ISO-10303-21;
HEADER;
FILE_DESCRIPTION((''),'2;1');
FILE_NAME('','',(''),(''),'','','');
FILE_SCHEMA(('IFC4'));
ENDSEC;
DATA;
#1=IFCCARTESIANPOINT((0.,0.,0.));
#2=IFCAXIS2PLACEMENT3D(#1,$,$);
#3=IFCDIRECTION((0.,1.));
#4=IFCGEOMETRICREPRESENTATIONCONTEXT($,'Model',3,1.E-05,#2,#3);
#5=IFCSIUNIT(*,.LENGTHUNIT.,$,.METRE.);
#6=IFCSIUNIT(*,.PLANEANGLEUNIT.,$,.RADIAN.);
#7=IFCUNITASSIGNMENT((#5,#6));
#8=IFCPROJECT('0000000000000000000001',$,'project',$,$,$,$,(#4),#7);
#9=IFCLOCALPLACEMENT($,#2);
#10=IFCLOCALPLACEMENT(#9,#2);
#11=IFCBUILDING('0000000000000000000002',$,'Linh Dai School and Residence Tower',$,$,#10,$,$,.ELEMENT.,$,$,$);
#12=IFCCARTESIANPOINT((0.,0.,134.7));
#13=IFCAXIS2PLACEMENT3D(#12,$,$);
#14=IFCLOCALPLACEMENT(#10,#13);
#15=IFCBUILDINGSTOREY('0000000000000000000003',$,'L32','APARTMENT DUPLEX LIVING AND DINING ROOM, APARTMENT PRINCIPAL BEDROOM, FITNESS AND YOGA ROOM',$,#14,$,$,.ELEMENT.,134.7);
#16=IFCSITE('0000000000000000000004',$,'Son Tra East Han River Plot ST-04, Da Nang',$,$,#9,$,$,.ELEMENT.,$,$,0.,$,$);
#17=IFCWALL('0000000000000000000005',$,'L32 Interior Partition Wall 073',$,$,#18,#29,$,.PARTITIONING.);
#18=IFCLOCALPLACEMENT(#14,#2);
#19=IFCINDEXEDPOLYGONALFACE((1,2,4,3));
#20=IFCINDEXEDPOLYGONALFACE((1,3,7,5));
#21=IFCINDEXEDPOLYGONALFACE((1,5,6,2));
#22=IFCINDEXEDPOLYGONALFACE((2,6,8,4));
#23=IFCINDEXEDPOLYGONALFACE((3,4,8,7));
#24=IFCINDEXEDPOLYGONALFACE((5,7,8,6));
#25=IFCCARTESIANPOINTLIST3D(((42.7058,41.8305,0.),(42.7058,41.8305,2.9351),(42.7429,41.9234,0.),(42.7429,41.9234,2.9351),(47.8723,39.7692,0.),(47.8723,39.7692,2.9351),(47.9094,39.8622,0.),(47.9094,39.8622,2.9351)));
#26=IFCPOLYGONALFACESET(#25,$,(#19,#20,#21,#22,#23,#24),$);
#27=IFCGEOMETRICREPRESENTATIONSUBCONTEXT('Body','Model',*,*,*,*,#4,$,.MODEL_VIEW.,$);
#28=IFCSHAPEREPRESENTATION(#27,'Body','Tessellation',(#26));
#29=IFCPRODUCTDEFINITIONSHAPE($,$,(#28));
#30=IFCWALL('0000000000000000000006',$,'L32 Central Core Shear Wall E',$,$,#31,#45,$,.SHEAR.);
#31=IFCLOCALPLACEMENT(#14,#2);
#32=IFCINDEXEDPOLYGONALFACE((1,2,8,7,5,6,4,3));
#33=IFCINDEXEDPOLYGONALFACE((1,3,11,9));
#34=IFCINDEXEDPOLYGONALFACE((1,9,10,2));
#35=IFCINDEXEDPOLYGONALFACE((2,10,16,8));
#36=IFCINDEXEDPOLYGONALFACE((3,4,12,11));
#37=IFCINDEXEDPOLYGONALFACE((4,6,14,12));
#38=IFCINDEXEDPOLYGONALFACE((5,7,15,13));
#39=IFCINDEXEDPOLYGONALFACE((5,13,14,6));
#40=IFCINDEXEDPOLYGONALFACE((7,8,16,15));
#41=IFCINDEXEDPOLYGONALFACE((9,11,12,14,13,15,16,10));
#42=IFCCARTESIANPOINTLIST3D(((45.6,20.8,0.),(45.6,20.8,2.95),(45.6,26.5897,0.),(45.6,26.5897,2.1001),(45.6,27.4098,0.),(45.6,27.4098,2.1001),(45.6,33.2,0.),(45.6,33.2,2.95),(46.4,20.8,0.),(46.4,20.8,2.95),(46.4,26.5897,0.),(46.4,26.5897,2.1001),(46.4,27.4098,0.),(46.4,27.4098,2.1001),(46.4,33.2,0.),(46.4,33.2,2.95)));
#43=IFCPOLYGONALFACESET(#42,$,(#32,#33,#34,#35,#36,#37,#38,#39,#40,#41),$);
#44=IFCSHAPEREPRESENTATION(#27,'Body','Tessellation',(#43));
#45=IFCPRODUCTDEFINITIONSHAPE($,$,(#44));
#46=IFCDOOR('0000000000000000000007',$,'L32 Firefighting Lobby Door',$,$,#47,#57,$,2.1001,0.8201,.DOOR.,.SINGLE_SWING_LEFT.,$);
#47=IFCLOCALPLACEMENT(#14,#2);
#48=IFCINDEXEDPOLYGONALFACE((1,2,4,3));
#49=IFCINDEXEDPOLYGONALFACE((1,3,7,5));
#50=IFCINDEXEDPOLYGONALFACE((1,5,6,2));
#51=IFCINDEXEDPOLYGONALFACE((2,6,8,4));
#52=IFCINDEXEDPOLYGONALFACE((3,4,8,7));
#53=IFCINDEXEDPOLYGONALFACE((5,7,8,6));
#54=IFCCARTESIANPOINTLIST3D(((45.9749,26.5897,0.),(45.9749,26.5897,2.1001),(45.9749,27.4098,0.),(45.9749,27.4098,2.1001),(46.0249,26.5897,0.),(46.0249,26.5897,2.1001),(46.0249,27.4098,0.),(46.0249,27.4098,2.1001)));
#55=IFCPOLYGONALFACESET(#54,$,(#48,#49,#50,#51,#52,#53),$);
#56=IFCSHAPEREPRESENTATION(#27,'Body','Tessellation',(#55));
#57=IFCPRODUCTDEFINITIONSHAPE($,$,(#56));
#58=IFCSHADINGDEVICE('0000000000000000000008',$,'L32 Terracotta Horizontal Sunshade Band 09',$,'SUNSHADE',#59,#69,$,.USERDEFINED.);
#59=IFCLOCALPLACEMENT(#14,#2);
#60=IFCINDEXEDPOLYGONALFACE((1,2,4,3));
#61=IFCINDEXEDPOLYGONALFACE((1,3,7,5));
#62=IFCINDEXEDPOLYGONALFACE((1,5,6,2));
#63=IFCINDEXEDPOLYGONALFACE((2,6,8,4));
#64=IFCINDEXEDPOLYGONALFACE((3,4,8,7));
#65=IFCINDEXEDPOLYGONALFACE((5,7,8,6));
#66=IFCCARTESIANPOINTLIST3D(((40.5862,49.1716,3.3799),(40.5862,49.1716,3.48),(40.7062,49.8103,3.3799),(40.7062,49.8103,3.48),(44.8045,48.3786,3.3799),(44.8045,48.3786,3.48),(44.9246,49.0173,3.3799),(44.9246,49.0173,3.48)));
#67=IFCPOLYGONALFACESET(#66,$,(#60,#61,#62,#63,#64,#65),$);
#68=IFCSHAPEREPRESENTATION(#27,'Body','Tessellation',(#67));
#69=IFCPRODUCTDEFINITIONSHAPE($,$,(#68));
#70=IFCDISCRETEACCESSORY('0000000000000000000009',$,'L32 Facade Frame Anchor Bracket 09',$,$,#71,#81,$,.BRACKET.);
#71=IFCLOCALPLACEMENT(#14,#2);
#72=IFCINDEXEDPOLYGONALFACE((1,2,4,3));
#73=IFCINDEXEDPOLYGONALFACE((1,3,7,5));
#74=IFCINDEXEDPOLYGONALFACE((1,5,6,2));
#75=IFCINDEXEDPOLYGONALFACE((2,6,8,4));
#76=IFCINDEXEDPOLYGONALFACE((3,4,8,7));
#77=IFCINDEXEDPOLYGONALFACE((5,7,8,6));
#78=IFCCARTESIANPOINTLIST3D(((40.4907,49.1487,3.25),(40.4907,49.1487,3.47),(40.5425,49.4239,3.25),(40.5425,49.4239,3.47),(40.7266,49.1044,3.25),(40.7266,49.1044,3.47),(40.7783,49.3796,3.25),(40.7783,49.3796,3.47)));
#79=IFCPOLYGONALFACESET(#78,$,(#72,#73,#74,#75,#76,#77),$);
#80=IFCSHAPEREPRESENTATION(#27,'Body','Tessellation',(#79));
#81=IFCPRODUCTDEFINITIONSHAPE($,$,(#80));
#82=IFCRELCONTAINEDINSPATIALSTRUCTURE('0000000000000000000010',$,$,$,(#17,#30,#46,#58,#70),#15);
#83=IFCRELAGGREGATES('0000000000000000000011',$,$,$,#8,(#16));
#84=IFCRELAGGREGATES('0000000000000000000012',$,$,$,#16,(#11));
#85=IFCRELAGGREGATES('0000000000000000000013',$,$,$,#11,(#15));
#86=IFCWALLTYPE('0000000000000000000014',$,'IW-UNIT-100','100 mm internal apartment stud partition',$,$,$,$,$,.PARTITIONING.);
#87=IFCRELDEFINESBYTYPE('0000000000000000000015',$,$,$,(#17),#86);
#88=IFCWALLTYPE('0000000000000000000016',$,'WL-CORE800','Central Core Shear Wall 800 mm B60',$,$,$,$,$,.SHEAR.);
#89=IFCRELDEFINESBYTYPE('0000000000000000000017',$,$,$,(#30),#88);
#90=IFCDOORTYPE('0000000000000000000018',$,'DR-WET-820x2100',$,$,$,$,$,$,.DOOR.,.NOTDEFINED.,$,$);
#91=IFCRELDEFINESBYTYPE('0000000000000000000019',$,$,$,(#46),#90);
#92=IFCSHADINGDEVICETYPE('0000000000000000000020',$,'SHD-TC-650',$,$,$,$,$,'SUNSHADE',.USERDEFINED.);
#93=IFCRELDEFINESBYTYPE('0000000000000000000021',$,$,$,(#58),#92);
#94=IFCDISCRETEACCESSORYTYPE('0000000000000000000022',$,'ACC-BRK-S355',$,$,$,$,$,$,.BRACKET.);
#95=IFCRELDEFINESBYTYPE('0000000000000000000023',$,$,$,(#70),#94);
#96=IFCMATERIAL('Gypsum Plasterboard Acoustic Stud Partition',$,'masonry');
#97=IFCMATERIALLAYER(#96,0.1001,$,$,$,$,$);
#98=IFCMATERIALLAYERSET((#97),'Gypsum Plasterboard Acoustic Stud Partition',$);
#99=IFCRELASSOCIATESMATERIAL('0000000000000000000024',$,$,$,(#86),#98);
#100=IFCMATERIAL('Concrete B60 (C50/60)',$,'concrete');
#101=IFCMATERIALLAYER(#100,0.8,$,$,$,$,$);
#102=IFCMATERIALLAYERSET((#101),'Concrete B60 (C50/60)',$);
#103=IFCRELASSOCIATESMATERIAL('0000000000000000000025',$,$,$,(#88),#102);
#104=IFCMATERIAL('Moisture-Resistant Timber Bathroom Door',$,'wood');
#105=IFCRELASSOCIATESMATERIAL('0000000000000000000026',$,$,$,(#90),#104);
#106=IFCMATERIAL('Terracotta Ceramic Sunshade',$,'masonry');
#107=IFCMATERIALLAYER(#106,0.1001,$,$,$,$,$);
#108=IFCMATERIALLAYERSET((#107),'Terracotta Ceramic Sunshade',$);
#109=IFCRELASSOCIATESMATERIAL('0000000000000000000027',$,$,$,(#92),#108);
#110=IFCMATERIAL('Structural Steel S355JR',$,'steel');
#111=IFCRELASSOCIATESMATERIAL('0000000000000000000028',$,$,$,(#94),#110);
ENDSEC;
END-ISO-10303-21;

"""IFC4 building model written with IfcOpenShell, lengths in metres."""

from ifc_helpers import new_model, si_unit, direction, frame, frame_2d, origin, origin_2d, place, context, subcontext, project, spatial, rectangle, extrude, source, transform, mapped, material, layer, layer_set, type_object, element, fill, save


model = new_model("IFC4")

# Units and contexts
model_context = context("Model", 3, precision=1e-05, world=origin(), true_north=direction((0.0, 1.0)))
body_context = subcontext(model_context, "Body", "Model", "MODEL_VIEW")
ifc_project = project(units=[si_unit("LENGTHUNIT", "METRE"), si_unit("PLANEANGLEUNIT", "RADIAN")], contexts=[model_context])

# Site, building, storey
site_placement = place(None, origin())
site = spatial("IfcSite", under=ifc_project, at=site_placement, Name="Son Tra East Han River Plot ST-04, Da Nang", CompositionType="ELEMENT", RefElevation=0.0)
building_placement = place(site_placement, origin())
building = spatial("IfcBuilding", under=site, at=building_placement, Name="Linh Dai School and Residence Tower", CompositionType="ELEMENT")
storey_placement = place(building_placement, frame((0.0, 0.0, 134.7)))
storey = spatial("IfcBuildingStorey", under=building, at=storey_placement, Name="L32", Description="APARTMENT DUPLEX LIVING AND DINING ROOM, APARTMENT PRINCIPAL BEDROOM, FITNESS AND YOGA ROOM", CompositionType="ELEMENT", Elevation=134.7)

# Shared definitions
ifc_material_1 = material(Name="Concrete B60 (C50/60)", Category="concrete")

# Shared definitions
ifc_material_2 = material(Name="Structural Steel S355JR", Category="steel")

# Shared definitions
ifc_material_3 = material(Name="Gypsum Plasterboard Acoustic Stud Partition", Category="masonry")
ifc_layer_1 = layer(ifc_material_3, 0.1001)
ifc_layer_set_1 = layer_set([ifc_layer_1], Name="Gypsum Plasterboard Acoustic Stud Partition")
wall_type_1 = type_object("IfcWallType", Name="IW-UNIT-100", Description="100 mm internal apartment stud partition", PredefinedType="PARTITIONING", material=ifc_layer_set_1)

# Wall
wall_1_placement = place(storey_placement, frame((42.7244, 41.877, 0.0), z_axis=(0.0, 0.0, 1.0), x_axis=(0.928806, -0.370566, 0.0)))
element("IfcWall", 1, at=wall_1_placement, inside=storey, type_object=wall_type_1, Name="L32 Interior Partition Wall 073", PredefinedType="PARTITIONING", context=body_context, shape_type="SweptSolid", body=[
    extrude(rectangle(XDim=5.5625, YDim=0.1001, at=frame_2d((2.7812, 0.0))), origin(), (0.0, 0.0, 1.0), 2.9351),
])

# Wall, opening, door
ifc_layer_2 = layer(ifc_material_1, 0.8)
ifc_layer_set_2 = layer_set([ifc_layer_2], Name="Concrete B60 (C50/60)")
wall_type_2 = type_object("IfcWallType", Name="WL-CORE800", Description="Central Core Shear Wall 800 mm B60", PredefinedType="SHEAR", material=ifc_layer_set_2)
wall_2_placement = place(storey_placement, frame((46.0, 33.2, 0.0), z_axis=(0.0, 0.0, 1.0), x_axis=(0.0, -1.0, 0.0)))
wall_2 = element("IfcWall", 2, at=wall_2_placement, inside=storey, type_object=wall_type_2, Name="L32 Central Core Shear Wall E", PredefinedType="SHEAR", context=body_context, shape_type="SweptSolid", body=[
    extrude(rectangle(XDim=12.3999, YDim=0.8, at=frame_2d((6.2, 0.0))), origin(), (0.0, 0.0, 1.0), 2.95),
])
opening_1_placement = place(wall_2_placement, frame((5.79, 0.0, 0.0)))
opening_1 = element("IfcOpeningElement", 3, at=opening_1_placement, cuts=wall_2, PredefinedType="OPENING", context=body_context, shape_type="SweptSolid", body=[
    extrude(rectangle(XDim=0.8201, YDim=2.1001, at=origin_2d()), frame((0.4102, 0.4102, 1.05), z_axis=(0.0, -1.0, 0.0), x_axis=(1.0, 0.0, 0.0)), (0.0, 0.0, 1.0), 0.8201),
])
ifc_material_4 = material(Name="Moisture-Resistant Timber Bathroom Door", Category="wood")
door_type_1 = type_object("IfcDoorType", Name="DR-WET-820x2100", OperationType="NOTDEFINED", PredefinedType="DOOR", material=ifc_material_4)
shared_shape_1 = source(origin(), body_context, "Body", "SweptSolid", [
    extrude(rectangle(XDim=0.8201, YDim=2.1001, at=origin_2d()), frame((0.4102, 0.0249, 1.05), z_axis=(0.0, -1.0, 0.0), x_axis=(1.0, 0.0, 0.0)), (0.0, 0.0, 1.0), 0.05),
])
door_1_placement = place(opening_1_placement, origin())
door_1 = element("IfcDoor", 4, at=door_1_placement, inside=storey, type_object=door_type_1, Name="L32 Firefighting Lobby Door", OperationType="SINGLE_SWING_LEFT", OverallHeight=2.1001, OverallWidth=0.8201, PredefinedType="DOOR", context=body_context, shape_type="MappedRepresentation", body=[
    mapped(shared_shape_1, transform((0.0, 0.0, 0.0), x_axis=(1.0, 0.0, 0.0), y_axis=(0.0, 1.0, 0.0), z_axis=(0.0, 0.0, 1.0), scale=1.0)),
])
fill(opening_1, door_1)

# Shading device
ifc_material_5 = material(Name="Terracotta Ceramic Sunshade", Category="masonry")
ifc_layer_3 = layer(ifc_material_5, 0.1001)
ifc_layer_set_3 = layer_set([ifc_layer_3], Name="Terracotta Ceramic Sunshade")
shading_device_type = type_object("IfcShadingDeviceType", Name="SHD-TC-650", ElementType="SUNSHADE", PredefinedType="USERDEFINED", material=ifc_layer_set_3)
shared_shape_2 = source(origin(), body_context, "Body", "SweptSolid", [
    extrude(rectangle(XDim=4.2922, YDim=0.6499, at=origin_2d()), origin(), (0.0, 0.0, 1.0), 0.1001),
])
shading_device_placement = place(storey_placement, frame((42.7554, 49.0945, 3.3799), z_axis=(0.0, 0.0, 1.0), x_axis=(0.982785, -0.184755, 0.0)))
element("IfcShadingDevice", 5, at=shading_device_placement, inside=storey, type_object=shading_device_type, Name="L32 Terracotta Horizontal Sunshade Band 09", ObjectType="SUNSHADE", PredefinedType="USERDEFINED", context=body_context, shape_type="MappedRepresentation", body=[
    mapped(shared_shape_2, transform((0.0, 0.0, 0.0), x_axis=(1.0, 0.0, 0.0), y_axis=(0.0, 1.0, 0.0), z_axis=(0.0, 0.0, 1.0), scale=1.0)),
])

# Discrete accessory
discrete_accessory_type = type_object("IfcDiscreteAccessoryType", Name="ACC-BRK-S355", PredefinedType="BRACKET", material=ifc_material_2)
shared_shape_3 = source(origin(), body_context, "Body", "SweptSolid", [
    extrude(rectangle(XDim=0.28, YDim=0.24, at=origin_2d()), origin(), (0.0, 0.0, 1.0), 0.22),
])
discrete_accessory_placement = place(storey_placement, frame((40.6345, 49.2642, 3.25), z_axis=(0.0, 0.0, 1.0), x_axis=(0.184755, 0.982785, 0.0)))
element("IfcDiscreteAccessory", 6, at=discrete_accessory_placement, inside=storey, type_object=discrete_accessory_type, Name="L32 Facade Frame Anchor Bracket 09", PredefinedType="BRACKET", context=body_context, shape_type="MappedRepresentation", body=[
    mapped(shared_shape_3, transform((0.0, 0.0, 0.0), x_axis=(1.0, 0.0, 0.0), y_axis=(0.0, 1.0, 0.0), z_axis=(0.0, 0.0, 1.0), scale=1.0)),
])

save(model, "model.ifc")
